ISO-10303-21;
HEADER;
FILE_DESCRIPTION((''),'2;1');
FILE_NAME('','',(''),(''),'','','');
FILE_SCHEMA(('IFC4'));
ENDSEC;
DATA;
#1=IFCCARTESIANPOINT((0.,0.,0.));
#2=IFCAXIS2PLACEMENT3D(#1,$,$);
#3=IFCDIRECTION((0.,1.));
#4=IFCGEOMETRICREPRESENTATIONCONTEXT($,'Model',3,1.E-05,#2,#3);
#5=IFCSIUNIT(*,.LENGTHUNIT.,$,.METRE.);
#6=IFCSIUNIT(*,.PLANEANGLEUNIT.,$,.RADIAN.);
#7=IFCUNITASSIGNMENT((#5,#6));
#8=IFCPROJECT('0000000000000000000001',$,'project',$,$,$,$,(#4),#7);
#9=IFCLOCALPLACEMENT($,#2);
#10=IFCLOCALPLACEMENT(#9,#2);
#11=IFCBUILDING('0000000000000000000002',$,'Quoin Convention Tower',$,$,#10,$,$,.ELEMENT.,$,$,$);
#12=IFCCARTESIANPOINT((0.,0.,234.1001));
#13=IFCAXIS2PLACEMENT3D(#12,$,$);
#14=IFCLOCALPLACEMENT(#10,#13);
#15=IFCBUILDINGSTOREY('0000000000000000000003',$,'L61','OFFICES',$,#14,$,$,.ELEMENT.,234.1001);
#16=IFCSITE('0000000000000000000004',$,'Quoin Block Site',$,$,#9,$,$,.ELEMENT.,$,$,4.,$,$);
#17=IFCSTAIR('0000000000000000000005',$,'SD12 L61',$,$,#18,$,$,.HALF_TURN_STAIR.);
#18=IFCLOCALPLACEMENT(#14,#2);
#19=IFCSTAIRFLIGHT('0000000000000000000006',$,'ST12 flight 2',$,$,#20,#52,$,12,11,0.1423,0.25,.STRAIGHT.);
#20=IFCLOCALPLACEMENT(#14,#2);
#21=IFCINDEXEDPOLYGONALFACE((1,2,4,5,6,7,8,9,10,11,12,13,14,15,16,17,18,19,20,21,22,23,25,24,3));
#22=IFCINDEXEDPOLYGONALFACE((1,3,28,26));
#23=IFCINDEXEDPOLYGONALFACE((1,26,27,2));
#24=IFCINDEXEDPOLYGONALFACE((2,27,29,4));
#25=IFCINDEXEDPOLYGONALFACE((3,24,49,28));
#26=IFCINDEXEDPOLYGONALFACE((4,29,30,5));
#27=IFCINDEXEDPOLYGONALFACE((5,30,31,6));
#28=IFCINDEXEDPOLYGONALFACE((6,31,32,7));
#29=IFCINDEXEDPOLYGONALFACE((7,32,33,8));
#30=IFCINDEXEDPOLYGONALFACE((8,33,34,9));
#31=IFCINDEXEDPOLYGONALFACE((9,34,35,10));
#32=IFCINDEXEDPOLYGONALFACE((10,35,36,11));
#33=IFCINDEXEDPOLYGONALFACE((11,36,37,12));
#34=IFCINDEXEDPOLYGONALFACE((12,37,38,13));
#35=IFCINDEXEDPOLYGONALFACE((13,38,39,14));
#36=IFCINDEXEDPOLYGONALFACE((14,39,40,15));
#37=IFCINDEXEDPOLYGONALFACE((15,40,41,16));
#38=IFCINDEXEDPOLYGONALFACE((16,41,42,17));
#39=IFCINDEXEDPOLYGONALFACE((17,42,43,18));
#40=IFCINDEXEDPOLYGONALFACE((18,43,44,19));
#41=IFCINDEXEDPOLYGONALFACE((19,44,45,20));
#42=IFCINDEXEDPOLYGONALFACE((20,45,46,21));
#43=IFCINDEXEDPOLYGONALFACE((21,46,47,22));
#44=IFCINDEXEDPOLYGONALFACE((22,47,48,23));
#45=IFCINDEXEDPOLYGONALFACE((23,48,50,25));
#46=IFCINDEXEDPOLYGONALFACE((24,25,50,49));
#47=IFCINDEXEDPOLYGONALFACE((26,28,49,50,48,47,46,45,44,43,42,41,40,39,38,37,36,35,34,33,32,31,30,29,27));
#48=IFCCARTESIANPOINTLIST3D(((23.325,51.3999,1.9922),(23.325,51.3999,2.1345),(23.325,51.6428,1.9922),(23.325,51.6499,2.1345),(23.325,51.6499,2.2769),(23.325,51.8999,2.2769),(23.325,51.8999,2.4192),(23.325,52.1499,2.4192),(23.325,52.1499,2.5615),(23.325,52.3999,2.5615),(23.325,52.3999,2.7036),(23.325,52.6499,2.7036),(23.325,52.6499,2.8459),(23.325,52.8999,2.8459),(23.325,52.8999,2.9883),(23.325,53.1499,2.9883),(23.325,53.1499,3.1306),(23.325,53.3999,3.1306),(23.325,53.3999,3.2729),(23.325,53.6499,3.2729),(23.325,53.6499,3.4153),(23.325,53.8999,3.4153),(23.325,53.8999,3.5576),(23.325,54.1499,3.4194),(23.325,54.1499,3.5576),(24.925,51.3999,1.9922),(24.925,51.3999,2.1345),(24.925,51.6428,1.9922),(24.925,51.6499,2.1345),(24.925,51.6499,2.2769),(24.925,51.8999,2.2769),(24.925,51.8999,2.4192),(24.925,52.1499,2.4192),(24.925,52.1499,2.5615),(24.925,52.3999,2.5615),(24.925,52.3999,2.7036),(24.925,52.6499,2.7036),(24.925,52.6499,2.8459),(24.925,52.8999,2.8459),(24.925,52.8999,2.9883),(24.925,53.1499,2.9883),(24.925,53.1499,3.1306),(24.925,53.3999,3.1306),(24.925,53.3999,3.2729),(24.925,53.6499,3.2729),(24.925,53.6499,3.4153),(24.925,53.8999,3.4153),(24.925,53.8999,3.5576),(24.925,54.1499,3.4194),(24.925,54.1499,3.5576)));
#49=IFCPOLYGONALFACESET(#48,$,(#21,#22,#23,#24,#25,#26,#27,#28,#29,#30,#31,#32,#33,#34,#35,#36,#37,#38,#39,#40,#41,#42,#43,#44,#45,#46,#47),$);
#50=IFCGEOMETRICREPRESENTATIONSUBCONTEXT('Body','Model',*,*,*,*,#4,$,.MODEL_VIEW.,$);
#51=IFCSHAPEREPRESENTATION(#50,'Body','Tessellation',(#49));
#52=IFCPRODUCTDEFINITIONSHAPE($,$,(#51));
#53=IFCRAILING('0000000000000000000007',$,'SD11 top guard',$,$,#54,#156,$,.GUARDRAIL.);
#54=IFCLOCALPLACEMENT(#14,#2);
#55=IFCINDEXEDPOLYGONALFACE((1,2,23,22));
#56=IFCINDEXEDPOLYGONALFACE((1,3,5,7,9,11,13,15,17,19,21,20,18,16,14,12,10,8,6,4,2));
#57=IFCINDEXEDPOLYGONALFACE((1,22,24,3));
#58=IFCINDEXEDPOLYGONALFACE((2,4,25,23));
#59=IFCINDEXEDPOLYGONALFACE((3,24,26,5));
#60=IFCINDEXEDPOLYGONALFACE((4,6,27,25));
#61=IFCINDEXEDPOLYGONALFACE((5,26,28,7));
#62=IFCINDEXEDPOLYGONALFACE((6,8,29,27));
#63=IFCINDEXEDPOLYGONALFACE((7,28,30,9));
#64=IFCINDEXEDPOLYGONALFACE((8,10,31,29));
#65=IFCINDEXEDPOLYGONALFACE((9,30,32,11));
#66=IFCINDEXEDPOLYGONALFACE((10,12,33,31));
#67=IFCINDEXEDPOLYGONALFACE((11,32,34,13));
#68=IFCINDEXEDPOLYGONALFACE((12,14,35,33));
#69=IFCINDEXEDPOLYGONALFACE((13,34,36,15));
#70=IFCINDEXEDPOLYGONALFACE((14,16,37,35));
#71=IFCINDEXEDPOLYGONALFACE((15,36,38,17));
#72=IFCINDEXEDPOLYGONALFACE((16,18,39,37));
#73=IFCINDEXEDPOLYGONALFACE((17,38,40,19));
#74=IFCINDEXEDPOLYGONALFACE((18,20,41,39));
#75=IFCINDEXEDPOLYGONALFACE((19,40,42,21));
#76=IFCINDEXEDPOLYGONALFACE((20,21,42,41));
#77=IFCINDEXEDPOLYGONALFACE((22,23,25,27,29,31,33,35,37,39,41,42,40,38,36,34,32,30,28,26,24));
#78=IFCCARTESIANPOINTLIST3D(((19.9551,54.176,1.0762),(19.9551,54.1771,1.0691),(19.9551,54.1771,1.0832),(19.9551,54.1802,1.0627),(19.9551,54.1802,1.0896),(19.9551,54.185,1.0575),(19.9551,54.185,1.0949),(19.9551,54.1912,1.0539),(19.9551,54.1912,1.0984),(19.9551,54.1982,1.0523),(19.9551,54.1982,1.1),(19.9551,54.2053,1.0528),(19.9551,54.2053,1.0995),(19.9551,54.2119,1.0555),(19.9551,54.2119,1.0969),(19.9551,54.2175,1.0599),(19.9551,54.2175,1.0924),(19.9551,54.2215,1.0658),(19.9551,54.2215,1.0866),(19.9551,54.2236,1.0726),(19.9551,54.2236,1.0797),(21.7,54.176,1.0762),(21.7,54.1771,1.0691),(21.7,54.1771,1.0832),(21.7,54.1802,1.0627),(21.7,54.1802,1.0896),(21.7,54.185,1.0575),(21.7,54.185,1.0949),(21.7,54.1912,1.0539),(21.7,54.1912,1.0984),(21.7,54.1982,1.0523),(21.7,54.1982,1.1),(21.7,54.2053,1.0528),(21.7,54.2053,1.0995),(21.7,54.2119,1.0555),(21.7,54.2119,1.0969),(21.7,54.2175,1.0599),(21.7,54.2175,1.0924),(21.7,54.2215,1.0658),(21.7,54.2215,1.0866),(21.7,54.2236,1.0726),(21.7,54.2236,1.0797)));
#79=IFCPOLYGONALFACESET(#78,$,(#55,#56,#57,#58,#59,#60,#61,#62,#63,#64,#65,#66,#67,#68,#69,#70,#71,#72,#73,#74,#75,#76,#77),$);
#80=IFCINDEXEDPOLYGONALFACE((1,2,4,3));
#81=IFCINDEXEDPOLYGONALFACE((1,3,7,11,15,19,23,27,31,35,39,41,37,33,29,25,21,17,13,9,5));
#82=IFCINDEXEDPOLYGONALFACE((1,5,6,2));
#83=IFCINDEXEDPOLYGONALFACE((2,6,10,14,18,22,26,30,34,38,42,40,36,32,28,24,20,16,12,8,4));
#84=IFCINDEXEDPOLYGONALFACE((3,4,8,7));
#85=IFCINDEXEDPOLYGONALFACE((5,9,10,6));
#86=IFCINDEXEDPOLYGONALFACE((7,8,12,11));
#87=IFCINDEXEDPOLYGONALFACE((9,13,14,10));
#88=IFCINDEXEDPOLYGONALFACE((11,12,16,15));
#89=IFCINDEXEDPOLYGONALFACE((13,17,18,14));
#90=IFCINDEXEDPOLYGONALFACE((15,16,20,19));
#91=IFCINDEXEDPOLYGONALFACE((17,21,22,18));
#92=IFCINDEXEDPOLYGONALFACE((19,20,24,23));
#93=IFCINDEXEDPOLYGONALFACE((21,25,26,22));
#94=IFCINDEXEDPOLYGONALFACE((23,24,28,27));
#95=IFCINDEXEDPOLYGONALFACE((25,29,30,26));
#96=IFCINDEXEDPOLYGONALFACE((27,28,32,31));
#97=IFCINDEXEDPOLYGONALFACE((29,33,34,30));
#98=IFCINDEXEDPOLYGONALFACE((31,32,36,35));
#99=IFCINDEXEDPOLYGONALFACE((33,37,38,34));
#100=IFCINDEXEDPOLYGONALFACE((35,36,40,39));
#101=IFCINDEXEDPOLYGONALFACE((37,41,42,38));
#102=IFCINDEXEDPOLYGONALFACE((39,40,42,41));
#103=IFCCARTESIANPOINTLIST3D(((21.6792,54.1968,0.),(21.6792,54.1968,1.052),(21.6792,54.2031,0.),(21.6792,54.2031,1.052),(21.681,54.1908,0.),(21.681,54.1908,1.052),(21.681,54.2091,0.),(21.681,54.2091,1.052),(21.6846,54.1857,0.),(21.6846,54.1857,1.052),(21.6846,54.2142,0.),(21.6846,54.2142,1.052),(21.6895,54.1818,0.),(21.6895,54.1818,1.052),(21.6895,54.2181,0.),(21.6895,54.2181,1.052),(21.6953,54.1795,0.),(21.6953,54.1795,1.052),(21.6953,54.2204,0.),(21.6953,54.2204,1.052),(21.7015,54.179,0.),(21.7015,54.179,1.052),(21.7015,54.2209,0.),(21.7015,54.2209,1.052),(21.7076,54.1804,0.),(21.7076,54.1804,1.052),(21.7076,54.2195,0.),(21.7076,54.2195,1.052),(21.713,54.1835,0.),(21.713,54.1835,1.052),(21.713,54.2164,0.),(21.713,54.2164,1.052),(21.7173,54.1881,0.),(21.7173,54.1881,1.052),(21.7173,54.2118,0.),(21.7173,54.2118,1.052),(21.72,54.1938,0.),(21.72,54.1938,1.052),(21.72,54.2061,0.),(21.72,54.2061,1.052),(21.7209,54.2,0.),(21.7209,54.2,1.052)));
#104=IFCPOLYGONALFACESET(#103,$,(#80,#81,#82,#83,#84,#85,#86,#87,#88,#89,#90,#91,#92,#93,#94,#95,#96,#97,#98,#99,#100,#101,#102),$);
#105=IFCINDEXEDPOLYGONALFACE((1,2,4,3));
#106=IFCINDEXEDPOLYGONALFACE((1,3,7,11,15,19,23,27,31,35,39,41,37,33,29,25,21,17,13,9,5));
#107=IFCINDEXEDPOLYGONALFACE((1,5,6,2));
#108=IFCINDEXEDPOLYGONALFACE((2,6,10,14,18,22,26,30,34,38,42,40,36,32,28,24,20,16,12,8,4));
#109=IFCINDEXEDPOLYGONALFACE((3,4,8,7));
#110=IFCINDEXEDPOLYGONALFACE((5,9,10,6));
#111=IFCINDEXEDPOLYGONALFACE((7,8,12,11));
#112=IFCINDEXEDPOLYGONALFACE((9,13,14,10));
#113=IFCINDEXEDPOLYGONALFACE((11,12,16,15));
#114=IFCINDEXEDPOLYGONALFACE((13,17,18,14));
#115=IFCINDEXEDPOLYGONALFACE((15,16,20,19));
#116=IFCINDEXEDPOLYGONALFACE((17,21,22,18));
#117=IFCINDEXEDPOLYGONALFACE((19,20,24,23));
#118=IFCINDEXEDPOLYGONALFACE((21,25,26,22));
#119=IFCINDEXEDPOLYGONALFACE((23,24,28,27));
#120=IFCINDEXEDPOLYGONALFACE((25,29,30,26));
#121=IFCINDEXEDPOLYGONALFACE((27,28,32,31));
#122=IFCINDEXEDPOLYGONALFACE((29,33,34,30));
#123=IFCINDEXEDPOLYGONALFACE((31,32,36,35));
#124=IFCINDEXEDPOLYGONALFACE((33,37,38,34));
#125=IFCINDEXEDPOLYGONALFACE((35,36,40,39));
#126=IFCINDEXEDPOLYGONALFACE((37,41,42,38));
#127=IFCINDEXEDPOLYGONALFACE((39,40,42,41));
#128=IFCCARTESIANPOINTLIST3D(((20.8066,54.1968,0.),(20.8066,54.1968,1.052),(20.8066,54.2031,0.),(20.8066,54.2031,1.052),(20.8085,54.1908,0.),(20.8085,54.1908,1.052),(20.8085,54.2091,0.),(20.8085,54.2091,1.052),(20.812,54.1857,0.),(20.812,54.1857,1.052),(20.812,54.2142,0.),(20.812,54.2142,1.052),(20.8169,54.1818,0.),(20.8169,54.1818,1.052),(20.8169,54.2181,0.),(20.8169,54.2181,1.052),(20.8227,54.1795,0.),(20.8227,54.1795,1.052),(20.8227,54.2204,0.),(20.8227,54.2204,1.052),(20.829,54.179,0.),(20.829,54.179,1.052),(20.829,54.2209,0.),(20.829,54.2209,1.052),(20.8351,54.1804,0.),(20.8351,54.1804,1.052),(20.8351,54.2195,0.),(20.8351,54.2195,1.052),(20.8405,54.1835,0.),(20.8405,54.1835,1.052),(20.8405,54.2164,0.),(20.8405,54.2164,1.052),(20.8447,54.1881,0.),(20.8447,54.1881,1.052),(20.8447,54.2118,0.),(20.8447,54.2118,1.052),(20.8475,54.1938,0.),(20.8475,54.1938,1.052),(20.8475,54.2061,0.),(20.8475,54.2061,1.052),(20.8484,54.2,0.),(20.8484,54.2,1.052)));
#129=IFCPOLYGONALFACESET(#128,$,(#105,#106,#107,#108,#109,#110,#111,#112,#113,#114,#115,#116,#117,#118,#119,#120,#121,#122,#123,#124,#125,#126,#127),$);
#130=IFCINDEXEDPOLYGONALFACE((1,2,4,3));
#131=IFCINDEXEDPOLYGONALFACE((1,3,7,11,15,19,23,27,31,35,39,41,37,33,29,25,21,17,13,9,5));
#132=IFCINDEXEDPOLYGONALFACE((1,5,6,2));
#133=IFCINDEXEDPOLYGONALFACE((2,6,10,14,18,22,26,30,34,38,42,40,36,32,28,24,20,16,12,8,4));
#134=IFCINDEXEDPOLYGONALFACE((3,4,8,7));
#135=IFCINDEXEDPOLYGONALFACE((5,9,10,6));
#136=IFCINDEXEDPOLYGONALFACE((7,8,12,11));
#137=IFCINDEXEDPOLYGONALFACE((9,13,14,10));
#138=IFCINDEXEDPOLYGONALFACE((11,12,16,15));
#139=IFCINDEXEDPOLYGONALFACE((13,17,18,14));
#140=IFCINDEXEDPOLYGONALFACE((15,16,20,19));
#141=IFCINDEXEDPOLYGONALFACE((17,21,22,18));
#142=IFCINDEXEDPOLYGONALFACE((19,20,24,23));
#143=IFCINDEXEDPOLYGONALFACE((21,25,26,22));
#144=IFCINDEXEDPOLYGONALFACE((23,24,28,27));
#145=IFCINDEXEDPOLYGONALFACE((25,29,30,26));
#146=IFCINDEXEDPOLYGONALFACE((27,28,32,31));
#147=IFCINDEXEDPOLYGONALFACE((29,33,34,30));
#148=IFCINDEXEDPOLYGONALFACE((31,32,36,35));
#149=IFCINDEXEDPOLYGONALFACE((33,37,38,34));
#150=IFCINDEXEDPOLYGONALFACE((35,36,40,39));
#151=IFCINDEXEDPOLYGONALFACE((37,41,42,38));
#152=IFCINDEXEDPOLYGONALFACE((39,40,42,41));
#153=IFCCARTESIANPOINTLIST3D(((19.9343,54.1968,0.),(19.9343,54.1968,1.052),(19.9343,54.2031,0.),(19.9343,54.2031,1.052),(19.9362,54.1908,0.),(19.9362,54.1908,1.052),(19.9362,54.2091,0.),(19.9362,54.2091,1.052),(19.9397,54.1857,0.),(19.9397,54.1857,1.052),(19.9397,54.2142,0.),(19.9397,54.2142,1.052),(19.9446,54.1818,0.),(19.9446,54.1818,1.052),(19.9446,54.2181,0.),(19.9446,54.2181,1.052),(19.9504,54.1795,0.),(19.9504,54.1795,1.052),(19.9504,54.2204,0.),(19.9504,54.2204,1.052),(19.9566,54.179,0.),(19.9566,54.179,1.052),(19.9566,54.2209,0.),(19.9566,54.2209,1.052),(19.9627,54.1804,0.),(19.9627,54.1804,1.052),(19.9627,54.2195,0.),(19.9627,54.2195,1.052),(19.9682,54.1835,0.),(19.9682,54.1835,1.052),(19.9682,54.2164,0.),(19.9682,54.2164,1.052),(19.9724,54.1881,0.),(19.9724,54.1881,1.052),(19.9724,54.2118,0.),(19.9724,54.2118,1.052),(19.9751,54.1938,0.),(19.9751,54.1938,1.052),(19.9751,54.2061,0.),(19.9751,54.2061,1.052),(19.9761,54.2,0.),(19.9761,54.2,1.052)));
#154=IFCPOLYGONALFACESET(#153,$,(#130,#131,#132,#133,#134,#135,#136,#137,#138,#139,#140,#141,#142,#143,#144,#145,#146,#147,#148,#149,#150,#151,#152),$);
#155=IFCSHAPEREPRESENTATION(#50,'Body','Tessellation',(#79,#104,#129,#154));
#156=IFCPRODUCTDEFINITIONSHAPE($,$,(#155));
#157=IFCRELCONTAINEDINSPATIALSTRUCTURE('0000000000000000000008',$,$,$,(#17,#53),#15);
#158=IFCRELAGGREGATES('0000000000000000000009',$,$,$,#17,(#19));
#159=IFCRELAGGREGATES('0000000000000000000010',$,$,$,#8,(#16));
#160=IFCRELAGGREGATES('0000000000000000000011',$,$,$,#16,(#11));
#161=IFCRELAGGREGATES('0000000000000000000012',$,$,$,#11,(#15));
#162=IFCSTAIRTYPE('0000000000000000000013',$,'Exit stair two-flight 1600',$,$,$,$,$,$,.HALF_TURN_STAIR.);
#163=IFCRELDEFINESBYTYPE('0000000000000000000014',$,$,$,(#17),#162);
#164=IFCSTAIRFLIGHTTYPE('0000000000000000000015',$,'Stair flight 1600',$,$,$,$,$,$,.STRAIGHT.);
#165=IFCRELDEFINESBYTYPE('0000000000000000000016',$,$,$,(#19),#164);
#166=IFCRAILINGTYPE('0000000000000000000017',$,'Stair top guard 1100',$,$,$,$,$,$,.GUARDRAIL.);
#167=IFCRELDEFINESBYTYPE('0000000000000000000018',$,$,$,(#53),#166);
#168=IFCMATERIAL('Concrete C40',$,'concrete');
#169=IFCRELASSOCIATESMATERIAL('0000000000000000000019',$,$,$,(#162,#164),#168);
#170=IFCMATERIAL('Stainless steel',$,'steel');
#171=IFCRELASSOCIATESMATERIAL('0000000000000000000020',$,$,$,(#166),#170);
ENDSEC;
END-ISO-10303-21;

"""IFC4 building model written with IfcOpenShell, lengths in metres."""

from ifc_helpers import new_model, si_unit, direction, frame, origin, origin_2d, place, context, subcontext, project, spatial, polyline, circle, outline, extrude, material, type_object, element, aggregate, save


model = new_model("IFC4")

# Units and contexts
model_context = context("Model", 3, precision=1e-05, world=origin(), true_north=direction((0.0, 1.0)))
body_context = subcontext(model_context, "Body", "Model", "MODEL_VIEW")
ifc_project = project(units=[si_unit("LENGTHUNIT", "METRE"), si_unit("PLANEANGLEUNIT", "RADIAN")], contexts=[model_context])

# Site, building, storey
site_placement = place(None, origin())
site = spatial("IfcSite", under=ifc_project, at=site_placement, Name="Quoin Block Site", CompositionType="ELEMENT", RefElevation=4.0)
building_placement = place(site_placement, origin())
building = spatial("IfcBuilding", under=site, at=building_placement, Name="Quoin Convention Tower", CompositionType="ELEMENT")
storey_placement = place(building_placement, frame((0.0, 0.0, 234.1001)))
storey = spatial("IfcBuildingStorey", under=building, at=storey_placement, Name="L61", Description="OFFICES", CompositionType="ELEMENT", Elevation=234.1001)

# Shared definitions
ifc_material_1 = material(Name="Concrete C40", Category="concrete")
stair_type = type_object("IfcStairType", Name="Exit stair two-flight 1600", PredefinedType="HALF_TURN_STAIR", material=ifc_material_1)
stair_flight_type = type_object("IfcStairFlightType", Name="Stair flight 1600", PredefinedType="STRAIGHT", material=ifc_material_1)

# Stair, stair flight
stair_1_placement = place(storey_placement, origin())
stair_1 = element("IfcStair", 1, at=stair_1_placement, inside=storey, type_object=stair_type, Name="SD12 L61", PredefinedType="HALF_TURN_STAIR")
stair_flight_1_placement = place(storey_placement, frame((24.125, 51.3999, 1.9922), z_axis=(0.0, 0.0, 1.0), x_axis=(0.0, 1.0, 0.0)))
stair_flight_1 = element("IfcStairFlight", 2, at=stair_flight_1_placement, type_object=stair_flight_type, Name="ST12 flight 2", NumberOfRisers=12, NumberOfTreads=11, PredefinedType="STRAIGHT", RiserHeight=0.1423, TreadLength=0.25, context=body_context, shape_type="SweptSolid", body=[
    extrude(outline(polyline([(0.0, 0.0), (0.0, 0.1423), (0.25, 0.1423), (0.25, 0.2847), (0.5, 0.2847), (0.5, 0.427), (0.75, 0.427), (0.75, 0.5693), (1.0, 0.5693), (1.0, 0.7114), (1.25, 0.7114), (1.25, 0.8538), (1.5, 0.8538), (1.5, 0.9961), (1.75, 0.9961), (1.75, 1.1384), (2.0, 1.1384), (2.0, 1.2808), (2.25, 1.2808), (2.25, 1.4231), (2.5, 1.4231), (2.5, 1.5654), (2.75, 1.5654), (2.75, 1.7078), (2.75, 1.4272), (0.2429, 0.0), (0.0, 0.0)])), frame((0.0, 0.8, 0.0), z_axis=(0.0, -1.0, 0.0), x_axis=(1.0, 0.0, 0.0)), (0.0, 0.0, 1.0), 1.6001),
])
aggregate(stair_1, [stair_flight_1])

# Railing
ifc_material_2 = material(Name="Stainless steel", Category="steel")
railing_type_1 = type_object("IfcRailingType", Name="Stair top guard 1100", PredefinedType="GUARDRAIL", material=ifc_material_2)
railing_1_placement = place(storey_placement, frame((21.7, 54.2, 0.0)))
element("IfcRailing", 3, at=railing_1_placement, inside=storey, type_object=railing_type_1, Name="SD11 top guard", PredefinedType="GUARDRAIL", context=body_context, shape_type="SweptSolid", body=[
    extrude(circle(Radius=0.0239, at=origin_2d()), frame((0.0, 0.0, 1.0762), z_axis=(-1.0, 0.0, 0.0), x_axis=(0.0, -1.0, 0.0)), (0.0, 0.0, 1.0), 1.7449),
    extrude(circle(Radius=0.021, at=origin_2d()), origin(), (0.0, 0.0, 1.0), 1.052),
    extrude(circle(Radius=0.021, at=origin_2d()), frame((-0.8726, 0.0, 0.0)), (0.0, 0.0, 1.0), 1.052),
    extrude(circle(Radius=0.021, at=origin_2d()), frame((-1.7449, 0.0, 0.0)), (0.0, 0.0, 1.0), 1.052),
])

save(model, "model.ifc")
